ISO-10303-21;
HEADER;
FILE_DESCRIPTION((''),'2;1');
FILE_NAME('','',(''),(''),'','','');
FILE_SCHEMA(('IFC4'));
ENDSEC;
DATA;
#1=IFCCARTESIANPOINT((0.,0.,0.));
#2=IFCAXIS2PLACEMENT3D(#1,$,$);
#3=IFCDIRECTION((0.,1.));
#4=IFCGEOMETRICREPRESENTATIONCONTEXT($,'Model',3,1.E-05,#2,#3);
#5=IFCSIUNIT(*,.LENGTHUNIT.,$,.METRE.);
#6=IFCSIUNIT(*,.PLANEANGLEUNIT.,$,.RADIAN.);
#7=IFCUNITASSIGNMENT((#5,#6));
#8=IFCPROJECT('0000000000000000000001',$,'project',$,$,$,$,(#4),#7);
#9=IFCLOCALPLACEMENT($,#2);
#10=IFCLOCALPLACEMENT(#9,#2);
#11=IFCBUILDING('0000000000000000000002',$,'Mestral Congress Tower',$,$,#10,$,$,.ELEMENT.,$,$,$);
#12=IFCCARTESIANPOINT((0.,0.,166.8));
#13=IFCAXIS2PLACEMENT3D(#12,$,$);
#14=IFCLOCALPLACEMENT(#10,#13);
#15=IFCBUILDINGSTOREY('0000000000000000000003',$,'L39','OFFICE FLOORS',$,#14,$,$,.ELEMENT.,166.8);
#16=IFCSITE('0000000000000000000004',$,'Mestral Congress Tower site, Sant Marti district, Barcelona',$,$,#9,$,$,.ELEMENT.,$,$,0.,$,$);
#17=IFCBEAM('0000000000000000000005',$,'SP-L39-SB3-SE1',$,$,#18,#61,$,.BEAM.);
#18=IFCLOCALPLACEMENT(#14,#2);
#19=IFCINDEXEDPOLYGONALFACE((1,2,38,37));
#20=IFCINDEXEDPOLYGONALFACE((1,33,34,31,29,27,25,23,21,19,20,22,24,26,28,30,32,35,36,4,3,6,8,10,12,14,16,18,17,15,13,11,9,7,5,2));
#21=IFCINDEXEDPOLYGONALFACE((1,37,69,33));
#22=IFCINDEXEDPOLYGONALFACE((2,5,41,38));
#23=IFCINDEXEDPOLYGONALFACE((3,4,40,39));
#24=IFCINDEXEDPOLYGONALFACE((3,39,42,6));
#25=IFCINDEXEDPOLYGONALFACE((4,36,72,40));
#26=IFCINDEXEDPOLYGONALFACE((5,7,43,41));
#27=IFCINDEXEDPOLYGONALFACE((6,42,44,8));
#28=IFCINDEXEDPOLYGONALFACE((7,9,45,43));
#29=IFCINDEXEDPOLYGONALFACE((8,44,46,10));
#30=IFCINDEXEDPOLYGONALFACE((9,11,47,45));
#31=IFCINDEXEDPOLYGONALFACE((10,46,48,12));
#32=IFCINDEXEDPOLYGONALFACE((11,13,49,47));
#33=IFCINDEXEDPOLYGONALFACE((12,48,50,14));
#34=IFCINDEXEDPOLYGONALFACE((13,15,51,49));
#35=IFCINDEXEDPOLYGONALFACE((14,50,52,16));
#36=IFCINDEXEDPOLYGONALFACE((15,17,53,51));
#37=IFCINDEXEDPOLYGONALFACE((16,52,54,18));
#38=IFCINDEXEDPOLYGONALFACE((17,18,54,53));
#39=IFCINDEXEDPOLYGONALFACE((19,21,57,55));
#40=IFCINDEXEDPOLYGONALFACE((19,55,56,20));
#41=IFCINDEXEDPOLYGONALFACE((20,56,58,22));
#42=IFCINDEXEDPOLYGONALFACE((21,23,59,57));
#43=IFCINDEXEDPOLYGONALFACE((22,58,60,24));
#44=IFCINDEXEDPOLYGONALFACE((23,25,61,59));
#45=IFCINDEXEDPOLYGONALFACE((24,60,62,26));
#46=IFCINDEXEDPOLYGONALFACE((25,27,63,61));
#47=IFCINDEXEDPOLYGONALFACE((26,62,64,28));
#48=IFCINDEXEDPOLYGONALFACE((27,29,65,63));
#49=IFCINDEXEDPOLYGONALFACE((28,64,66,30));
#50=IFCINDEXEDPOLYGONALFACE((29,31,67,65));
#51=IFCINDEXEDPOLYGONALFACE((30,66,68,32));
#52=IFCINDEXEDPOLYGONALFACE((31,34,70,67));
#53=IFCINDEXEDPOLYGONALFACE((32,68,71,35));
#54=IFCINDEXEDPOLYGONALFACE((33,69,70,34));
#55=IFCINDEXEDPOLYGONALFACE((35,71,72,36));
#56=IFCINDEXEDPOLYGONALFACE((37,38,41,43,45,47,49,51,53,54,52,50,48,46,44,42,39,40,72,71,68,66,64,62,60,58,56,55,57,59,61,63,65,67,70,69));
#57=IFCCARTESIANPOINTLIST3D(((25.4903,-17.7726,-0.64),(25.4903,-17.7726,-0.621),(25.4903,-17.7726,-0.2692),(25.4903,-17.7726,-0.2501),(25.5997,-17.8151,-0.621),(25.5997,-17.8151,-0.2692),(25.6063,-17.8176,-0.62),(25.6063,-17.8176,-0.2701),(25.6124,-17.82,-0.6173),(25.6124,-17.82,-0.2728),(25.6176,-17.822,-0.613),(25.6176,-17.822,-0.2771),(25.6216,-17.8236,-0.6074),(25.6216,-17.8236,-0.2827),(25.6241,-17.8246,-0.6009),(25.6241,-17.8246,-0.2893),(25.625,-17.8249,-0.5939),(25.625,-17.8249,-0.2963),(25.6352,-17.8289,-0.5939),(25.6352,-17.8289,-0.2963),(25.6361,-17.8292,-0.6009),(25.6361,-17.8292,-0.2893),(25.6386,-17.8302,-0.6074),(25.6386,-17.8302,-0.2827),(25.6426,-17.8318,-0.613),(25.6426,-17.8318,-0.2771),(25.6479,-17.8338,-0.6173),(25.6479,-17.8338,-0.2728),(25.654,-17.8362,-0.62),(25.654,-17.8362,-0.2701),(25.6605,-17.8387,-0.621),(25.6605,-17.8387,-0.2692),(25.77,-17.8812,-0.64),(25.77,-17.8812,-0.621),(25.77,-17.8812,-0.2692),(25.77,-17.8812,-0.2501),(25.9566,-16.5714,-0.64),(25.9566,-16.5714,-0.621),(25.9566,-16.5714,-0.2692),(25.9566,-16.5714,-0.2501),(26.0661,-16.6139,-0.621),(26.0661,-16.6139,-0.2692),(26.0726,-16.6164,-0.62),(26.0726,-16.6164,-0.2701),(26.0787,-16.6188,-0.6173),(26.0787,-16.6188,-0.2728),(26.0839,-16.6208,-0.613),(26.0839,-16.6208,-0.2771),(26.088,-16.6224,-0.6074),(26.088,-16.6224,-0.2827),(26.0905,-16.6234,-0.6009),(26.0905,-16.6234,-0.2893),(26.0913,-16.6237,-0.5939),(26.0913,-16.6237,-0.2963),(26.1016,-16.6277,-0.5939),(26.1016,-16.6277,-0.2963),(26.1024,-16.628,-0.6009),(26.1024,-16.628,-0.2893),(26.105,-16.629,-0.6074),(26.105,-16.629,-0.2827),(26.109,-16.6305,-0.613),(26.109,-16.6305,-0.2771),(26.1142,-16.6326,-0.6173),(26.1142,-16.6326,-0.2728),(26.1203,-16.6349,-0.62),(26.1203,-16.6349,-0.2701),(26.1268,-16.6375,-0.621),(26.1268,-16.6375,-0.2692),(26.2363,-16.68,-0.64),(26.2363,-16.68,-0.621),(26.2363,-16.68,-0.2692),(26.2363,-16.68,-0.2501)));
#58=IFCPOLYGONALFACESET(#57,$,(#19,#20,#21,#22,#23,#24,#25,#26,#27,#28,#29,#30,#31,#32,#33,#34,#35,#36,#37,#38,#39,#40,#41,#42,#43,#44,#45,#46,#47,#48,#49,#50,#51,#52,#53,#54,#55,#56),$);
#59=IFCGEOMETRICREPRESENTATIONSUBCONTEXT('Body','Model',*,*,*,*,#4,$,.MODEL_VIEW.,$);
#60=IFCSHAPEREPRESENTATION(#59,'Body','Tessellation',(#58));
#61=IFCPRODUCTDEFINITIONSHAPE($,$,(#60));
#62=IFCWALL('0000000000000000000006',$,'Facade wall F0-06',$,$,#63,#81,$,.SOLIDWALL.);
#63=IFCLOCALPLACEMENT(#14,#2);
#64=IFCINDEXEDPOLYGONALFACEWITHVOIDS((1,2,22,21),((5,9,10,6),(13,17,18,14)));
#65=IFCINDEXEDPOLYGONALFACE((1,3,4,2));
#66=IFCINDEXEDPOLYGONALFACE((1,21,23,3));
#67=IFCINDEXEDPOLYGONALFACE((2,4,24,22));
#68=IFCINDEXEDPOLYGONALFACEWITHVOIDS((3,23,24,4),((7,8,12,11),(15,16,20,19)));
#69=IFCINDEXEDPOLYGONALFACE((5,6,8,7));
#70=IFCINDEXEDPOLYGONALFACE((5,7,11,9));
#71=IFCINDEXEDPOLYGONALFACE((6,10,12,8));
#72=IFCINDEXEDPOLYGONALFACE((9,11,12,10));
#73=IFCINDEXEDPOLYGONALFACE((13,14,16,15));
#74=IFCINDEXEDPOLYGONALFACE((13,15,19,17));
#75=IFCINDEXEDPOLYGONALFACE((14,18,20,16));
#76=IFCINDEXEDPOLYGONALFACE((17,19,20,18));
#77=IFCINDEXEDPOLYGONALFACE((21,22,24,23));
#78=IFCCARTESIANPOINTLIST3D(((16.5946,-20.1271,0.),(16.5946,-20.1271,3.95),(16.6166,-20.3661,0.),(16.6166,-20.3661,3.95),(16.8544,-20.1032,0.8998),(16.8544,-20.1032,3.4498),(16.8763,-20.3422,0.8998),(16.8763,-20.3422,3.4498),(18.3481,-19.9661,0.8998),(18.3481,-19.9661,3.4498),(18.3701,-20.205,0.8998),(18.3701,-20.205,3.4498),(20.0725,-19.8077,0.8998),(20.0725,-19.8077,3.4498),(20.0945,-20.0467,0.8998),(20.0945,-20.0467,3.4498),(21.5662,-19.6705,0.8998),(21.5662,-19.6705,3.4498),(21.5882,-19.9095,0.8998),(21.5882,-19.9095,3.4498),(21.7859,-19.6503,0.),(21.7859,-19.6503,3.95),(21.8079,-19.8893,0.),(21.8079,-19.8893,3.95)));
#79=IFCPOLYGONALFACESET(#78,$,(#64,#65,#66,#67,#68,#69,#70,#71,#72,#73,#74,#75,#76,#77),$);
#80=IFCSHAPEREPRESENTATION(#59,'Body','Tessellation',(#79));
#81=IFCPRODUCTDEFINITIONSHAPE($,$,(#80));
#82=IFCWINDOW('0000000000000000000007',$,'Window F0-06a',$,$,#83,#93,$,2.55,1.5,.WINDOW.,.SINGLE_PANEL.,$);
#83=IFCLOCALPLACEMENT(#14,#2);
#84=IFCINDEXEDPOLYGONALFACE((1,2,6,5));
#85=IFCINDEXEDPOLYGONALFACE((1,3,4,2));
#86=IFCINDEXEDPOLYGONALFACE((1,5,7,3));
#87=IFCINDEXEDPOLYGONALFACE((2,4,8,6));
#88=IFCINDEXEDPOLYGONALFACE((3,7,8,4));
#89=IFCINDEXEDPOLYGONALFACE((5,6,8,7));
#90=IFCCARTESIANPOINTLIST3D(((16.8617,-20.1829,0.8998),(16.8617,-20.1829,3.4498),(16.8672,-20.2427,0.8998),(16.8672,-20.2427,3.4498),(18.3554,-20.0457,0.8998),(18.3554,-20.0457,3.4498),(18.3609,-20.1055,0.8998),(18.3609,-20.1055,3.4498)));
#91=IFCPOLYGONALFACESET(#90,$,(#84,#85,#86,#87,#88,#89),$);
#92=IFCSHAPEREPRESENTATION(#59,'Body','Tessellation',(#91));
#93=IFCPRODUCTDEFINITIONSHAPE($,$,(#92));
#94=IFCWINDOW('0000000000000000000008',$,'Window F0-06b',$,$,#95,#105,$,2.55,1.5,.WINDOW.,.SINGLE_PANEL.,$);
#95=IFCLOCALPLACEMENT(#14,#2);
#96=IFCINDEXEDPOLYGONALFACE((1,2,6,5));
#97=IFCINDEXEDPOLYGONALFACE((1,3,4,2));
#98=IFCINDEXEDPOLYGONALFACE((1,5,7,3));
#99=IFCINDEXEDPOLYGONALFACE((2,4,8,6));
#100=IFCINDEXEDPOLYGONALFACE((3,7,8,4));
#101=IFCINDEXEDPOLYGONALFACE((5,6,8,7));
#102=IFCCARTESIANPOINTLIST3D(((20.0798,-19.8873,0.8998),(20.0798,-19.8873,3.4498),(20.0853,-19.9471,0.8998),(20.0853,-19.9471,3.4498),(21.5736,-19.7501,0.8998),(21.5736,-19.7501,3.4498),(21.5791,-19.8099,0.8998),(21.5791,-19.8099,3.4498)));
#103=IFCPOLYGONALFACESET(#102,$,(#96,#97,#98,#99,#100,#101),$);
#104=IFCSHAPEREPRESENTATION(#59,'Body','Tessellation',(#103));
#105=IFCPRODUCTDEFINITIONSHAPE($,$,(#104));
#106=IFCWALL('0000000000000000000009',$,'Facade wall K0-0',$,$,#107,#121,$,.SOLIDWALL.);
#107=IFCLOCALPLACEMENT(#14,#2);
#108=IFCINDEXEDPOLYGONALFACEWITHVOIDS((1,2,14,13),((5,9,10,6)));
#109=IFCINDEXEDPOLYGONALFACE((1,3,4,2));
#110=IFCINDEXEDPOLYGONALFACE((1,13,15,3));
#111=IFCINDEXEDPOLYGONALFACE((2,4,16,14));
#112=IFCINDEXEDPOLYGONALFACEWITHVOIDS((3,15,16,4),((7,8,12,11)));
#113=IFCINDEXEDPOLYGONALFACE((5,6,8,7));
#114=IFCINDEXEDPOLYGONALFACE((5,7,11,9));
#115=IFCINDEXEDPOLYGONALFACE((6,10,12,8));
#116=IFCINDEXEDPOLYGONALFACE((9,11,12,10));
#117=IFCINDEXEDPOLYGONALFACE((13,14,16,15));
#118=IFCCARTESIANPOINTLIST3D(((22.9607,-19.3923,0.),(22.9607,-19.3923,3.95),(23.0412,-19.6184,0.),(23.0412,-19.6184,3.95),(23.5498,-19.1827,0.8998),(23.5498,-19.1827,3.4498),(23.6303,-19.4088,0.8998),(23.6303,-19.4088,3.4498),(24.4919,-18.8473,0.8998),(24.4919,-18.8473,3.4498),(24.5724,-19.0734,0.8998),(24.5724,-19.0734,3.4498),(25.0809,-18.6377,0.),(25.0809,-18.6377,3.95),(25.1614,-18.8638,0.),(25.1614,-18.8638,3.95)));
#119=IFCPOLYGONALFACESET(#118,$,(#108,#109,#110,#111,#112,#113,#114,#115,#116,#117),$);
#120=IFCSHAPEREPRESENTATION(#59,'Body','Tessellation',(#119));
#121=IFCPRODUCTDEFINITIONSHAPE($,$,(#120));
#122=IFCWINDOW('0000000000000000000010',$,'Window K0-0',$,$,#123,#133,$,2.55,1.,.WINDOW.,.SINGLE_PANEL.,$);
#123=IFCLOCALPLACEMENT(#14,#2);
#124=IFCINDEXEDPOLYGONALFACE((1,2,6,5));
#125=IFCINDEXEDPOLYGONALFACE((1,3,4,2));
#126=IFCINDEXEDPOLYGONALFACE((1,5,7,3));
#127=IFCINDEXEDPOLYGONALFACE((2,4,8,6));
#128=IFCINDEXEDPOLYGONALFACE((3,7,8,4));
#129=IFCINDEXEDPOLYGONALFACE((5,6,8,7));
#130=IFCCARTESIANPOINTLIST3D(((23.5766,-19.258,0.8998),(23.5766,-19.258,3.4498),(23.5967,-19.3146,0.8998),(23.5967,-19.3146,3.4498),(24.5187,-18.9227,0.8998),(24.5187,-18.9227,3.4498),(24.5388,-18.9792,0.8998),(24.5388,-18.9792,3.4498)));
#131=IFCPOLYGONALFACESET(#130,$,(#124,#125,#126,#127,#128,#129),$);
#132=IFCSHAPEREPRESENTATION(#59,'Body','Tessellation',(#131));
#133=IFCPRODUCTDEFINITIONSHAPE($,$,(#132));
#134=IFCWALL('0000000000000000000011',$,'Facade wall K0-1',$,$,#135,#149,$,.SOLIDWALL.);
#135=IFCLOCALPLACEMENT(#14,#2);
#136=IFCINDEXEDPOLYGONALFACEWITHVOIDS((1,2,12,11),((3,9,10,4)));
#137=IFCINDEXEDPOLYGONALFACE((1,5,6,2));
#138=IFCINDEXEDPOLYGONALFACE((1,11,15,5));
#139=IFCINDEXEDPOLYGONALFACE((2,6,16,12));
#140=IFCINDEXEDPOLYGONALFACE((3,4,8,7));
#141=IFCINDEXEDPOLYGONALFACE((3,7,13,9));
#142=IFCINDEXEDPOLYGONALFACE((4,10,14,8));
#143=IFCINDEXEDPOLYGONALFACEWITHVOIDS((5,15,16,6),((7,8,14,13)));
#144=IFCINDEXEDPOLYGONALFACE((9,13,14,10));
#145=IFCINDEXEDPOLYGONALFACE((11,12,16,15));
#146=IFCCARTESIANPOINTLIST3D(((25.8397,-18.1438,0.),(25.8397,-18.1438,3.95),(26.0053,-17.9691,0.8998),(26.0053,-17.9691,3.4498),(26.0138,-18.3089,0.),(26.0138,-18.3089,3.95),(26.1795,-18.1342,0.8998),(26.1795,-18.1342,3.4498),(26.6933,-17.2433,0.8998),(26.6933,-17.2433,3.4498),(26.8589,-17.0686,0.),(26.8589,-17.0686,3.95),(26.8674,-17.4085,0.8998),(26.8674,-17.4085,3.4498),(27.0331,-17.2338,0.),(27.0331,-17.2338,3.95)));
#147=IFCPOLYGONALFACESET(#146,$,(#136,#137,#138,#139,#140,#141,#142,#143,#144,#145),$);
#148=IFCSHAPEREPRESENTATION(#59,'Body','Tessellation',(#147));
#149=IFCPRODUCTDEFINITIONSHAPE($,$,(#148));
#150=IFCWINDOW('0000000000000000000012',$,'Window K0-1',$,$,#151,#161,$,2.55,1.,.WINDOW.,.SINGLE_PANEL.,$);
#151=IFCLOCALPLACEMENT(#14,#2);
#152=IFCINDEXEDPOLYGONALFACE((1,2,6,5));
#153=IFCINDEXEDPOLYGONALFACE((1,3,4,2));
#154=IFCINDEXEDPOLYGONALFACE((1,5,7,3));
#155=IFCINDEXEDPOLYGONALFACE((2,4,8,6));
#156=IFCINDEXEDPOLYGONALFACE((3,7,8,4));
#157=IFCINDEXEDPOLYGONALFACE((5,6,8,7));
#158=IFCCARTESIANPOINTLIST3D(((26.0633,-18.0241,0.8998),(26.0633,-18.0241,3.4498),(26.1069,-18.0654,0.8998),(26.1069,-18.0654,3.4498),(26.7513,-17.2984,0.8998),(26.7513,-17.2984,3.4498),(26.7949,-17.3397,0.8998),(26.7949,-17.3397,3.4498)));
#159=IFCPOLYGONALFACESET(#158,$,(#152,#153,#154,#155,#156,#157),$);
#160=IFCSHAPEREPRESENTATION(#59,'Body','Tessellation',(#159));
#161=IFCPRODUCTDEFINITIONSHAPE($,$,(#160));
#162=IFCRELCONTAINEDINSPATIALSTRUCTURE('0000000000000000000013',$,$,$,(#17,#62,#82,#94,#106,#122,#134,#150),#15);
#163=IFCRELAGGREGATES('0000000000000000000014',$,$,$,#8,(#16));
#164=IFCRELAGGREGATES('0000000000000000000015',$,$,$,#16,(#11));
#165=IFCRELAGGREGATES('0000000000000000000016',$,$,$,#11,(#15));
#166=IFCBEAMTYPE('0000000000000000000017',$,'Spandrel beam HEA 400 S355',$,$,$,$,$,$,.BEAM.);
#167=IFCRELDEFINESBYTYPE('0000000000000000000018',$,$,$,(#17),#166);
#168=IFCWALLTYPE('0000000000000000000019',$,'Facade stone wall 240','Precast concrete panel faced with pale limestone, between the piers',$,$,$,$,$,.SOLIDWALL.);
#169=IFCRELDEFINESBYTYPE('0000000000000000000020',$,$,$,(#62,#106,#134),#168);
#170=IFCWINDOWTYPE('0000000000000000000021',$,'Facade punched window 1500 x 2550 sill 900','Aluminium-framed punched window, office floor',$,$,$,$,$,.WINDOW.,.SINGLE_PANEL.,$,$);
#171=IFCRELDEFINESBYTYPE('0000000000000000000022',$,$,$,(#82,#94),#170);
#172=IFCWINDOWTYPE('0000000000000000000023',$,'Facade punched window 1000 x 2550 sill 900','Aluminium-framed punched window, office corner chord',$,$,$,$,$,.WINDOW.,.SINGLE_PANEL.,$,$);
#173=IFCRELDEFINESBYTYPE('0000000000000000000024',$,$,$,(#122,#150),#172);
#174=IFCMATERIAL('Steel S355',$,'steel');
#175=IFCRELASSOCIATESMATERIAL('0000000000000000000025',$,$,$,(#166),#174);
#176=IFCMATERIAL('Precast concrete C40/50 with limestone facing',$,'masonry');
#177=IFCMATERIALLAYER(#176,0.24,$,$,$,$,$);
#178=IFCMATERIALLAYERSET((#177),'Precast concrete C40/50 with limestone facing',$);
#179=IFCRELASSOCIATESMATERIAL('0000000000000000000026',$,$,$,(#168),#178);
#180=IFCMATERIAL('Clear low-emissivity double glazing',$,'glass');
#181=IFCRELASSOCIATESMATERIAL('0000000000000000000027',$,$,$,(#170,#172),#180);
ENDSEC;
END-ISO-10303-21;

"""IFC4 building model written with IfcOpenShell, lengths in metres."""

from ifc_helpers import new_model, si_unit, direction, frame, frame_2d, origin, origin_2d, place, context, subcontext, project, spatial, rectangle, i_section, extrude, material, layer, layer_set, material_profile, profile_set, type_object, element, fill, save


model = new_model("IFC4")

# Units and contexts
model_context = context("Model", 3, precision=1e-05, world=origin(), true_north=direction((0.0, 1.0)))
body_context = subcontext(model_context, "Body", "Model", "MODEL_VIEW")
ifc_project = project(units=[si_unit("LENGTHUNIT", "METRE"), si_unit("PLANEANGLEUNIT", "RADIAN")], contexts=[model_context])

# Site, building, storey
site_placement = place(None, origin())
site = spatial("IfcSite", under=ifc_project, at=site_placement, Name="Mestral Congress Tower site, Sant Marti district, Barcelona", CompositionType="ELEMENT", RefElevation=0.0)
building_placement = place(site_placement, origin())
building = spatial("IfcBuilding", under=site, at=building_placement, Name="Mestral Congress Tower", CompositionType="ELEMENT")
storey_placement = place(building_placement, frame((0.0, 0.0, 166.8)))
storey = spatial("IfcBuildingStorey", under=building, at=storey_placement, Name="L39", Description="OFFICE FLOORS", CompositionType="ELEMENT", Elevation=166.8)

# Beam
ifc_material_1 = material(Name="Steel S355", Category="steel")
ifc_material_profile_1 = material_profile(ifc_material_1, i_section(OverallWidth=0.3, OverallDepth=0.3899, WebThickness=0.011, FlangeThickness=0.019, FilletRadius=0.0271, at=origin_2d()), Name="HEA 400")
ifc_profile_set_1 = profile_set([ifc_material_profile_1], Name="Steel S355")
beam_type_1 = type_object("IfcBeamType", Name="Spandrel beam HEA 400 S355", PredefinedType="BEAM", material=ifc_profile_set_1)
beam_1_placement = place(storey_placement, frame((25.6301, -17.8269, -0.4451), z_axis=(0.361898, 0.932218, 0.0), x_axis=(-0.932218, 0.361898, 0.0)))
element("IfcBeam", 1, at=beam_1_placement, inside=storey, type_object=beam_type_1, Name="SP-L39-SB3-SE1", PredefinedType="BEAM", context=body_context, shape_type="SweptSolid", body=[
    extrude(i_section(OverallWidth=0.3, OverallDepth=0.3899, WebThickness=0.011, FlangeThickness=0.019, FilletRadius=0.0271, at=origin_2d()), origin(), (0.0, 0.0, 1.0), 1.2886),
])

# Wall, openings, windows
ifc_material_2 = material(Name="Precast concrete C40/50 with limestone facing", Category="masonry")
ifc_layer_1 = layer(ifc_material_2, 0.24)
ifc_layer_set_1 = layer_set([ifc_layer_1], Name="Precast concrete C40/50 with limestone facing")
wall_type_1 = type_object("IfcWallType", Name="Facade stone wall 240", Description="Precast concrete panel faced with pale limestone, between the piers", PredefinedType="SOLIDWALL", material=ifc_layer_set_1)
wall_1_placement = place(storey_placement, frame((16.6057, -20.2466, 0.0), z_axis=(0.0, 0.0, 1.0), x_axis=(0.995809, 0.09146, 0.0)))
wall_1 = element("IfcWall", 2, at=wall_1_placement, inside=storey, type_object=wall_type_1, Name="Facade wall F0-06", PredefinedType="SOLIDWALL", context=body_context, shape_type="SweptSolid", body=[
    extrude(rectangle(XDim=5.2131, YDim=0.24, at=frame_2d((2.6064, 0.0))), origin(), (0.0, 0.0, 1.0), 3.95),
])
opening_1_placement = place(wall_1_placement, frame((0.2607, 0.0, 0.8999)))
opening_1 = element("IfcOpeningElement", 3, at=opening_1_placement, cuts=wall_1, PredefinedType="OPENING", context=body_context, shape_type="SweptSolid", body=[
    extrude(rectangle(XDim=1.5, YDim=2.55, at=frame_2d((0.75, 1.2749))), frame((0.0, 0.1299, 0.0), z_axis=(0.0, -1.0, 0.0), x_axis=(1.0, 0.0, 0.0)), (0.0, 0.0, 1.0), 0.26),
])
opening_2_placement = place(wall_1_placement, frame((3.4924, 0.0, 0.8999)))
opening_2 = element("IfcOpeningElement", 4, at=opening_2_placement, cuts=wall_1, PredefinedType="OPENING", context=body_context, shape_type="SweptSolid", body=[
    extrude(rectangle(XDim=1.5, YDim=2.55, at=frame_2d((0.75, 1.2749))), frame((0.0, 0.1299, 0.0), z_axis=(0.0, -1.0, 0.0), x_axis=(1.0, 0.0, 0.0)), (0.0, 0.0, 1.0), 0.26),
])
ifc_material_3 = material(Name="Clear low-emissivity double glazing", Category="glass")
window_type_1 = type_object("IfcWindowType", Name="Facade punched window 1500 x 2550 sill 900", Description="Aluminium-framed punched window, office floor", PartitioningType="SINGLE_PANEL", PredefinedType="WINDOW", material=ifc_material_3)
window_1_placement = place(opening_1_placement, origin())
window_1 = element("IfcWindow", 5, at=window_1_placement, inside=storey, type_object=window_type_1, Name="Window F0-06a", OverallHeight=2.55, OverallWidth=1.5, PartitioningType="SINGLE_PANEL", PredefinedType="WINDOW", context=body_context, shape_type="SweptSolid", body=[
    extrude(rectangle(XDim=1.5, YDim=2.55, at=frame_2d((0.75, 1.2749))), frame((0.0, 0.04, 0.0), z_axis=(0.0, -1.0, 0.0), x_axis=(1.0, 0.0, 0.0)), (0.0, 0.0, 1.0), 0.0601),
])
fill(opening_1, window_1)
window_2_placement = place(opening_2_placement, origin())
window_2 = element("IfcWindow", 6, at=window_2_placement, inside=storey, type_object=window_type_1, Name="Window F0-06b", OverallHeight=2.55, OverallWidth=1.5, PartitioningType="SINGLE_PANEL", PredefinedType="WINDOW", context=body_context, shape_type="SweptSolid", body=[
    extrude(rectangle(XDim=1.5, YDim=2.55, at=frame_2d((0.75, 1.2749))), frame((0.0, 0.04, 0.0), z_axis=(0.0, -1.0, 0.0), x_axis=(1.0, 0.0, 0.0)), (0.0, 0.0, 1.0), 0.0601),
])
fill(opening_2, window_2)

# Walls, openings, windows
wall_2_placement = place(storey_placement, frame((23.001, -19.5054, 0.0), z_axis=(0.0, 0.0, 1.0), x_axis=(0.9421, 0.335333, 0.0)))
wall_2 = element("IfcWall", 7, at=wall_2_placement, inside=storey, type_object=wall_type_1, Name="Facade wall K0-0", PredefinedType="SOLIDWALL", context=body_context, shape_type="SweptSolid", body=[
    extrude(rectangle(XDim=2.2505, YDim=0.24, at=frame_2d((1.1252, 0.0))), origin(), (0.0, 0.0, 1.0), 3.95),
])
opening_3_placement = place(wall_2_placement, frame((0.6252, 0.0, 0.8999)))
opening_3 = element("IfcOpeningElement", 8, at=opening_3_placement, cuts=wall_2, PredefinedType="OPENING", context=body_context, shape_type="SweptSolid", body=[
    extrude(rectangle(XDim=1.0, YDim=2.55, at=frame_2d((0.5, 1.2749))), frame((0.0, 0.1299, 0.0), z_axis=(0.0, -1.0, 0.0), x_axis=(1.0, 0.0, 0.0)), (0.0, 0.0, 1.0), 0.26),
])
window_type_2 = type_object("IfcWindowType", Name="Facade punched window 1000 x 2550 sill 900", Description="Aluminium-framed punched window, office corner chord", PartitioningType="SINGLE_PANEL", PredefinedType="WINDOW", material=ifc_material_3)
window_3_placement = place(opening_3_placement, origin())
window_3 = element("IfcWindow", 9, at=window_3_placement, inside=storey, type_object=window_type_2, Name="Window K0-0", OverallHeight=2.55, OverallWidth=1.0, PartitioningType="SINGLE_PANEL", PredefinedType="WINDOW", context=body_context, shape_type="SweptSolid", body=[
    extrude(rectangle(XDim=1.0, YDim=2.55, at=frame_2d((0.5, 1.2749))), frame((0.0, 0.04, 0.0), z_axis=(0.0, -1.0, 0.0), x_axis=(1.0, 0.0, 0.0)), (0.0, 0.0, 1.0), 0.0601),
])
fill(opening_3, window_3)
wall_3_placement = place(storey_placement, frame((25.9268, -18.2263, 0.0), z_axis=(0.0, 0.0, 1.0), x_axis=(0.687987, 0.725723, 0.0)))
wall_3 = element("IfcWall", 10, at=wall_3_placement, inside=storey, type_object=wall_type_1, Name="Facade wall K0-1", PredefinedType="SOLIDWALL", context=body_context, shape_type="SweptSolid", body=[
    extrude(rectangle(XDim=1.4814, YDim=0.24, at=frame_2d((0.7407, 0.0))), origin(), (0.0, 0.0, 1.0), 3.95),
])
opening_4_placement = place(wall_3_placement, frame((0.2407, 0.0, 0.8999)))
opening_4 = element("IfcOpeningElement", 11, at=opening_4_placement, cuts=wall_3, PredefinedType="OPENING", context=body_context, shape_type="SweptSolid", body=[
    extrude(rectangle(XDim=1.0, YDim=2.55, at=frame_2d((0.5, 1.2749))), frame((0.0, 0.1299, 0.0), z_axis=(0.0, -1.0, 0.0), x_axis=(1.0, 0.0, 0.0)), (0.0, 0.0, 1.0), 0.26),
])
window_4_placement = place(opening_4_placement, origin())
window_4 = element("IfcWindow", 12, at=window_4_placement, inside=storey, type_object=window_type_2, Name="Window K0-1", OverallHeight=2.55, OverallWidth=1.0, PartitioningType="SINGLE_PANEL", PredefinedType="WINDOW", context=body_context, shape_type="SweptSolid", body=[
    extrude(rectangle(XDim=1.0, YDim=2.55, at=frame_2d((0.5, 1.2749))), frame((0.0, 0.04, 0.0), z_axis=(0.0, -1.0, 0.0), x_axis=(1.0, 0.0, 0.0)), (0.0, 0.0, 1.0), 0.0601),
])
fill(opening_4, window_4)

save(model, "model.ifc")
